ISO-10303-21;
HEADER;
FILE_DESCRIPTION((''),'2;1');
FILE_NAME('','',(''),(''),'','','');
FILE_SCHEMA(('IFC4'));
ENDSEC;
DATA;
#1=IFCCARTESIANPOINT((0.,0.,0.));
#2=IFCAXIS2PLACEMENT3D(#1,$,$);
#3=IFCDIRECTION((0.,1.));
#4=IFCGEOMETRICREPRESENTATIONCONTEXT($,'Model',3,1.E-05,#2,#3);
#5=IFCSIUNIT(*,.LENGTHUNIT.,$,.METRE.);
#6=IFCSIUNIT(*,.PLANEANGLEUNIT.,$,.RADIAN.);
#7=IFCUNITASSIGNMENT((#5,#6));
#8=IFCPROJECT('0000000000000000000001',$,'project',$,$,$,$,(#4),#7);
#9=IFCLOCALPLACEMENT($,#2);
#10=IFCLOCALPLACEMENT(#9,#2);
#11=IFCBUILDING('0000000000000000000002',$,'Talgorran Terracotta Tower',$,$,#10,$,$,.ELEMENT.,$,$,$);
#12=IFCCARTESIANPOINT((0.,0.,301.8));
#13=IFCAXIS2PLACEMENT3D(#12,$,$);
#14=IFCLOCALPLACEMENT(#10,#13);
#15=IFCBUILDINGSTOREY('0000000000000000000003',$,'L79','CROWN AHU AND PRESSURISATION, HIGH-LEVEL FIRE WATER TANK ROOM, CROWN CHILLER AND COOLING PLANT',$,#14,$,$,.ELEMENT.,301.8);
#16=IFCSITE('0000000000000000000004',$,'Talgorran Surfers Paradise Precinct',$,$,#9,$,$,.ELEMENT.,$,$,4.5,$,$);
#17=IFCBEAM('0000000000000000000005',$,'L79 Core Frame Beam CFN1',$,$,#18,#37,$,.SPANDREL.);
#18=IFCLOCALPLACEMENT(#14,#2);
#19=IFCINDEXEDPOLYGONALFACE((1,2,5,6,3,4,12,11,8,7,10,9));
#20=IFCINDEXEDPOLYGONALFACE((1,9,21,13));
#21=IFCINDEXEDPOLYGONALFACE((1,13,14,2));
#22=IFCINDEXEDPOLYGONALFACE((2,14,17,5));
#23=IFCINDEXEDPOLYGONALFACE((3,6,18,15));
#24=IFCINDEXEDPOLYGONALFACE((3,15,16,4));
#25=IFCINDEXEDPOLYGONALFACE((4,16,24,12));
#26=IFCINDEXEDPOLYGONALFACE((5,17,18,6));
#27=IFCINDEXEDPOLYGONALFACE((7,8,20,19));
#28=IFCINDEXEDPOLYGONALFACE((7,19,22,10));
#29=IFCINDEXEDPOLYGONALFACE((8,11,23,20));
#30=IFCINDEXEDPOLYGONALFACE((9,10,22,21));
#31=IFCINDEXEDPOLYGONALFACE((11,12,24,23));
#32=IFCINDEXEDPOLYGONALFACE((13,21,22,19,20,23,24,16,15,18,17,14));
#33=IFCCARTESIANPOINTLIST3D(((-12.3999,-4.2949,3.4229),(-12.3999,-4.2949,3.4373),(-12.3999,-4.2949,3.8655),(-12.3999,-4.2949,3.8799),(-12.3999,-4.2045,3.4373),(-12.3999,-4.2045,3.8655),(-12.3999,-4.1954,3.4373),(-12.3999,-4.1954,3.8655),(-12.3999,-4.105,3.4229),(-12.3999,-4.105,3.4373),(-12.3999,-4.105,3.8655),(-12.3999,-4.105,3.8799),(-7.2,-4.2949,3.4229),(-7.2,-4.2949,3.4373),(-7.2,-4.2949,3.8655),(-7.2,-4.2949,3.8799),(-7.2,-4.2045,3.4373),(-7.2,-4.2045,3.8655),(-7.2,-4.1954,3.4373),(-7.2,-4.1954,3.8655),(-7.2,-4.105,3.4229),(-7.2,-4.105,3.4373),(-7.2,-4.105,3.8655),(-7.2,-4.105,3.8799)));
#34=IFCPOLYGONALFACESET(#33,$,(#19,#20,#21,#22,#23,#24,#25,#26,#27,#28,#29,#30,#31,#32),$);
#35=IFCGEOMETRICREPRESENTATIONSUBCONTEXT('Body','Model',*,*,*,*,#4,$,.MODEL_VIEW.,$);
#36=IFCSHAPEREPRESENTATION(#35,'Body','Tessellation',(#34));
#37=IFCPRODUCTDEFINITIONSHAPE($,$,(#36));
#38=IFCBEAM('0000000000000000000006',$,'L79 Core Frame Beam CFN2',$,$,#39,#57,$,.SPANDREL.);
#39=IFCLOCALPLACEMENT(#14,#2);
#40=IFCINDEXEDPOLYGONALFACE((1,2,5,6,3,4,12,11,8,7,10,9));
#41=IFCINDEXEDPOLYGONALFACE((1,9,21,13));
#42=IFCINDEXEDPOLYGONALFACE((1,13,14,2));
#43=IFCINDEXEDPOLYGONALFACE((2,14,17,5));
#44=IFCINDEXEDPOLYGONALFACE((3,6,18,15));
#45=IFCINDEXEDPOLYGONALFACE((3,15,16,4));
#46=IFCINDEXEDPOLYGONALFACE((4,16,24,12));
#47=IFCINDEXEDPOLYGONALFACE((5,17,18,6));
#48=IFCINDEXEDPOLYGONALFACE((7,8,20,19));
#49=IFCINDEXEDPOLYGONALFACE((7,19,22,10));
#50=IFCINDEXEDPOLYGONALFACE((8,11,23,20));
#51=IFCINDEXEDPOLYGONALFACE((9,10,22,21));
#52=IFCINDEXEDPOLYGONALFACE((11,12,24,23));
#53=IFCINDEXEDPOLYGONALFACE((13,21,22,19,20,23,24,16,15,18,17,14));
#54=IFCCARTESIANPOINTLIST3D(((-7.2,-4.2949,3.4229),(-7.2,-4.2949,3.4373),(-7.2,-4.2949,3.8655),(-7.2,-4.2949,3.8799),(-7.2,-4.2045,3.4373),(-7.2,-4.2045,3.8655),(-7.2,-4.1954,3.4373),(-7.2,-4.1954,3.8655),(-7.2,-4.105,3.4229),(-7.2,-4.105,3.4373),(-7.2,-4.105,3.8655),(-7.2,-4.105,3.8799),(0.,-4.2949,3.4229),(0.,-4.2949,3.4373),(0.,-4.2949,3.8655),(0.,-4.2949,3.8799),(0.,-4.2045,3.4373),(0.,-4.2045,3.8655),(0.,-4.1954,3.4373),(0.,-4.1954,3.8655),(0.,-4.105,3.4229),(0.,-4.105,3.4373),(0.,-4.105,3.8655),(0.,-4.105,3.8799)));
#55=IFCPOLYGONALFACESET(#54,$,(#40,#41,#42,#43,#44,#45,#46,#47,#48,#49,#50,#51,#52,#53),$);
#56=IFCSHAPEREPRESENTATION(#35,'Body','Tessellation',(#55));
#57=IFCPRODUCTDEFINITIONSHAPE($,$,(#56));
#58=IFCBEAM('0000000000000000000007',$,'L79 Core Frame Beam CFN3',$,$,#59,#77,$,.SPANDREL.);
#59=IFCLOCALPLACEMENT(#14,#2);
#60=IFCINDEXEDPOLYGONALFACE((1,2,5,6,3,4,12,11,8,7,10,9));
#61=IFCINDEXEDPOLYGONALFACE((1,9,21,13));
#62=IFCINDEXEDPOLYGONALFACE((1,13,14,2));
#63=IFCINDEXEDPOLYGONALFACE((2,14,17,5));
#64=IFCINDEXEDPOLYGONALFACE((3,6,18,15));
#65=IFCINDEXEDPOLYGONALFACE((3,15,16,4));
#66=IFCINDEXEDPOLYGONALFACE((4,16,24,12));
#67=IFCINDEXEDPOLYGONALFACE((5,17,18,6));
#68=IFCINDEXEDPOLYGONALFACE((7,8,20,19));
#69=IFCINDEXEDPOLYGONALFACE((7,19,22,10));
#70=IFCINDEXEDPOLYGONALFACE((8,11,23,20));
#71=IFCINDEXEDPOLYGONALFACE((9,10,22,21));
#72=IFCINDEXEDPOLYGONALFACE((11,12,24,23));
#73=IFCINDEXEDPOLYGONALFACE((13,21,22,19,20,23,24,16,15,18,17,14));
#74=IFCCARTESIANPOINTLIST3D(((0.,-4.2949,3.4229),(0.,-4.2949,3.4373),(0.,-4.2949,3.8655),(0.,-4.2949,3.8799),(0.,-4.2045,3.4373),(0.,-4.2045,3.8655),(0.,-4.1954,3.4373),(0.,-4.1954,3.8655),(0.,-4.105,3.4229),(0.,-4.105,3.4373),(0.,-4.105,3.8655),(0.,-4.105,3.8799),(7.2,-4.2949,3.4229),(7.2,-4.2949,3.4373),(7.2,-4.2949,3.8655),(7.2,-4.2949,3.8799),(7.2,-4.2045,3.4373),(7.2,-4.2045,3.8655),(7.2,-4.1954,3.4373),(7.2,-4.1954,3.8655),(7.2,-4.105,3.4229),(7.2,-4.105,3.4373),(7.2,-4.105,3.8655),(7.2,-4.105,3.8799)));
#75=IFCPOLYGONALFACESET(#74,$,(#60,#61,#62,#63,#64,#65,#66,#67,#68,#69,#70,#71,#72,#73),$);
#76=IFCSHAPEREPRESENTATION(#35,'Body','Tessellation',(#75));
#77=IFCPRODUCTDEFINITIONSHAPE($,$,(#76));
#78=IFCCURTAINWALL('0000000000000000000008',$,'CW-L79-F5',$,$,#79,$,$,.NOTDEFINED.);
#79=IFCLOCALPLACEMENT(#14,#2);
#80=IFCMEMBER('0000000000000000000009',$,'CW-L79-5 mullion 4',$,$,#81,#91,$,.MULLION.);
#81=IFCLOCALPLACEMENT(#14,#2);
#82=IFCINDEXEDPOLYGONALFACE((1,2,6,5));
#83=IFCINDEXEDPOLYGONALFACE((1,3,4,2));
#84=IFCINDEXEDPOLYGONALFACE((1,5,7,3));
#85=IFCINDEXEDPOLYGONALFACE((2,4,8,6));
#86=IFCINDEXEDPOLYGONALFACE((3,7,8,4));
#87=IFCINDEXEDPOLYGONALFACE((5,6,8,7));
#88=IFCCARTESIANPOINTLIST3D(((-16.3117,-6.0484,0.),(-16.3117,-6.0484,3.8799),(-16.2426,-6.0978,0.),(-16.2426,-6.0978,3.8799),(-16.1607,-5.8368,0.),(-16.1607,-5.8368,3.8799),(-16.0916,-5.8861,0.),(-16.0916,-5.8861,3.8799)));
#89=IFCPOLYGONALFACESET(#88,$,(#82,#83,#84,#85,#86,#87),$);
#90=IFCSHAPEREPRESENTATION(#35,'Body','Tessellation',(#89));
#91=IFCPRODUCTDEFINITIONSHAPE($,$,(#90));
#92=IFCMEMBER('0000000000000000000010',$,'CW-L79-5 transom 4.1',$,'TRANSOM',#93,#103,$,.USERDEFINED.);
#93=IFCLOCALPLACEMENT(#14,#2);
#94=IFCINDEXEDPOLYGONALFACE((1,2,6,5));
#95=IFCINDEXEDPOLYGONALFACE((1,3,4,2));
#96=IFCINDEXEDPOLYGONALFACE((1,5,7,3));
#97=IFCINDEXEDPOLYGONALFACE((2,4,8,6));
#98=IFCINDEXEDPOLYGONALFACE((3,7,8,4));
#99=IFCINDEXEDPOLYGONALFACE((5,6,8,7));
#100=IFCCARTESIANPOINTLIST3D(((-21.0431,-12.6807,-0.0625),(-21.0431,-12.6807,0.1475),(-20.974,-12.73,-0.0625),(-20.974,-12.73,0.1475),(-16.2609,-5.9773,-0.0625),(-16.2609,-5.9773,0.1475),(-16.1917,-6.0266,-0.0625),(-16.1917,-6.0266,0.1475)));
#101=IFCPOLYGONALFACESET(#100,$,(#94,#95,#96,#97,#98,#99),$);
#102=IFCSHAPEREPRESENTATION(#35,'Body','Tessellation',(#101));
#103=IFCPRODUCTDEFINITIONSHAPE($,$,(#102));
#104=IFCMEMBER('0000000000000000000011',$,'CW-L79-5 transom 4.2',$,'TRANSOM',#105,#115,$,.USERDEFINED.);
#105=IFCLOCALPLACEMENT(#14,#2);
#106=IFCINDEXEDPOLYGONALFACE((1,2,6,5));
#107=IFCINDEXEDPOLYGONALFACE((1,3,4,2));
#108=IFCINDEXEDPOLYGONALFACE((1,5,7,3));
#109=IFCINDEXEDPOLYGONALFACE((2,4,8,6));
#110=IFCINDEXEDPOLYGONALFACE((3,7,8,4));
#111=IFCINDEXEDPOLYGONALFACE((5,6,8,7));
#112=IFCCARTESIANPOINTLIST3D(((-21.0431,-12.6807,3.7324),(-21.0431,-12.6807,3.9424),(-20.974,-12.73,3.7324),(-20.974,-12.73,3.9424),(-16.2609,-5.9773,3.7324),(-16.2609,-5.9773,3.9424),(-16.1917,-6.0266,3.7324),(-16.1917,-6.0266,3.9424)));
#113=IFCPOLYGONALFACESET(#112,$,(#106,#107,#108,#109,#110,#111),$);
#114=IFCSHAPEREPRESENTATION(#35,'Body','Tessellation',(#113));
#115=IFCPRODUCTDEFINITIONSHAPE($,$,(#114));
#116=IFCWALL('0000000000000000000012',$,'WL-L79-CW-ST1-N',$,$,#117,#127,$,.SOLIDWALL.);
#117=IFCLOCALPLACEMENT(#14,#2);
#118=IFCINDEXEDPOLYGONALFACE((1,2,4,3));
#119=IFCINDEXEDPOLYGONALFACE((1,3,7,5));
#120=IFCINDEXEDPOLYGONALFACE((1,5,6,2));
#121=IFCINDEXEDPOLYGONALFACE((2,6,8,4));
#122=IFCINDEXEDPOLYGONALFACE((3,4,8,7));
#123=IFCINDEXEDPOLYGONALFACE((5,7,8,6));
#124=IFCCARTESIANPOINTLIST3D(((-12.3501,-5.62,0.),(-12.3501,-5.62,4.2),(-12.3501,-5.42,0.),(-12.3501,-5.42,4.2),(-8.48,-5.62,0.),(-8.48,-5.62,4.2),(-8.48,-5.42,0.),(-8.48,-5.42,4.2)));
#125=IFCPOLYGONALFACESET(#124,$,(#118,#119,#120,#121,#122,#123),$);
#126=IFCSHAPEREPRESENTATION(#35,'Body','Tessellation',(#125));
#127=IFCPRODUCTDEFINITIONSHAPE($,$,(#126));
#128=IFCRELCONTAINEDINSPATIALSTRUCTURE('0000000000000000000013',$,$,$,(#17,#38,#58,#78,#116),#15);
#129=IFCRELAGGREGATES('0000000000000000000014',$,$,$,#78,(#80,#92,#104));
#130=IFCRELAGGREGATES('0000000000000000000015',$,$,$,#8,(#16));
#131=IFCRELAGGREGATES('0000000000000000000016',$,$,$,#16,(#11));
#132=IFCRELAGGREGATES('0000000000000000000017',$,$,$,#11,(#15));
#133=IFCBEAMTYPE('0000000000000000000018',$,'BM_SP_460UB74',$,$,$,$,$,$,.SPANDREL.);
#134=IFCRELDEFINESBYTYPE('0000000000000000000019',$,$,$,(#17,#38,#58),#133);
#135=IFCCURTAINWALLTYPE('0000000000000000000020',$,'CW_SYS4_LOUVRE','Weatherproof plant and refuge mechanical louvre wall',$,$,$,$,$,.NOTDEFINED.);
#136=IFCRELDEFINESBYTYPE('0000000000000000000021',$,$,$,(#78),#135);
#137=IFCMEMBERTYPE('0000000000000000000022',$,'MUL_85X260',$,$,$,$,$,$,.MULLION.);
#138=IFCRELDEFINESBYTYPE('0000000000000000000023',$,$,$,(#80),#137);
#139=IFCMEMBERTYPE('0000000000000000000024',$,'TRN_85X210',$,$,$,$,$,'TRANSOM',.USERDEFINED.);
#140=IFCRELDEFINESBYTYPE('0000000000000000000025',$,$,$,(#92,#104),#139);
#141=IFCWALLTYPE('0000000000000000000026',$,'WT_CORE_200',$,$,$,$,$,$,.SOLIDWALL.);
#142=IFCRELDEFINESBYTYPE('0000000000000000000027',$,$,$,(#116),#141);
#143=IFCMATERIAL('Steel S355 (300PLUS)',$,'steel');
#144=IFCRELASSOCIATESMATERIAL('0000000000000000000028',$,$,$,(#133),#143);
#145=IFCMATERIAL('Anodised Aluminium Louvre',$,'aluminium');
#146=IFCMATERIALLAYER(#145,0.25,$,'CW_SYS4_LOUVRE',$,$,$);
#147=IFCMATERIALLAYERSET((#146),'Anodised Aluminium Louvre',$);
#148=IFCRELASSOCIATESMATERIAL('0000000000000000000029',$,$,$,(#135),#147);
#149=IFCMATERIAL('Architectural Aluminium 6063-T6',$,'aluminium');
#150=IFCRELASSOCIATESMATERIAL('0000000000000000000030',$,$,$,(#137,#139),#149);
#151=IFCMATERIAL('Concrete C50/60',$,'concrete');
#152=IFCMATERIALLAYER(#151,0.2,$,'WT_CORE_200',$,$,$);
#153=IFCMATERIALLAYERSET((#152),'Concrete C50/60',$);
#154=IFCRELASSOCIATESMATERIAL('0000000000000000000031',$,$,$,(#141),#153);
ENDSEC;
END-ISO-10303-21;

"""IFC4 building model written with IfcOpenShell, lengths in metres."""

from ifc_helpers import new_model, si_unit, direction, frame, frame_2d, origin, origin_2d, place, context, subcontext, project, spatial, rectangle, i_section, extrude, material, layer, layer_set, material_profile, profile_set, type_object, element, aggregate, save


model = new_model("IFC4")

# Units and contexts
model_context = context("Model", 3, precision=1e-05, world=origin(), true_north=direction((0.0, 1.0)))
body_context = subcontext(model_context, "Body", "Model", "MODEL_VIEW")
ifc_project = project(units=[si_unit("LENGTHUNIT", "METRE"), si_unit("PLANEANGLEUNIT", "RADIAN")], contexts=[model_context])

# Site, building, storey
site_placement = place(None, origin())
site = spatial("IfcSite", under=ifc_project, at=site_placement, Name="Talgorran Surfers Paradise Precinct", CompositionType="ELEMENT", RefElevation=4.5)
building_placement = place(site_placement, origin())
building = spatial("IfcBuilding", under=site, at=building_placement, Name="Talgorran Terracotta Tower", CompositionType="ELEMENT")
storey_placement = place(building_placement, frame((0.0, 0.0, 301.8)))
storey = spatial("IfcBuildingStorey", under=building, at=storey_placement, Name="L79", Description="CROWN AHU AND PRESSURISATION, HIGH-LEVEL FIRE WATER TANK ROOM, CROWN CHILLER AND COOLING PLANT", CompositionType="ELEMENT", Elevation=301.8)

# Shared definitions
ifc_material_1 = material(Name="Steel S355 (300PLUS)", Category="steel")

# Beams
ifc_material_profile_1 = material_profile(ifc_material_1, i_section(OverallWidth=0.1899, OverallDepth=0.457, WebThickness=0.009, FlangeThickness=0.0144, at=origin_2d()), Name="460UB74.6")
ifc_profile_set_1 = profile_set([ifc_material_profile_1], Name="Steel S355 (300PLUS)")
beam_type_1 = type_object("IfcBeamType", Name="BM_SP_460UB74", PredefinedType="SPANDREL", material=ifc_profile_set_1)
beam_1_placement = place(storey_placement, frame((-12.3999, -4.2, 3.6514), z_axis=(1.0, 0.0, 0.0), x_axis=(0.0, 1.0, 0.0)))
element("IfcBeam", 1, at=beam_1_placement, inside=storey, type_object=beam_type_1, Name="L79 Core Frame Beam CFN1", PredefinedType="SPANDREL", context=body_context, shape_type="SweptSolid", body=[
    extrude(i_section(OverallWidth=0.1899, OverallDepth=0.457, WebThickness=0.009, FlangeThickness=0.0144, at=origin_2d()), origin(), (0.0, 0.0, 1.0), 5.2),
])
for number, where, z_axis, x_axis, name in (
    (2, (-7.2, -4.2, 3.6514), (1.0, 0.0, 0.0), (0.0, 1.0, 0.0), "L79 Core Frame Beam CFN2"),
    (3, (0.0, -4.2, 3.6514), (1.0, 0.0, 0.0), (0.0, 1.0, 0.0), "L79 Core Frame Beam CFN3"),
):
    element("IfcBeam", number, at=place(storey_placement, frame(where, z_axis=z_axis, x_axis=x_axis)), inside=storey, type_object=beam_type_1, Name=name, PredefinedType="SPANDREL", context=body_context, shape_type="SweptSolid", body=[
        extrude(i_section(OverallWidth=0.1899, OverallDepth=0.457, WebThickness=0.009, FlangeThickness=0.0144, at=origin_2d()), origin(), (0.0, 0.0, 1.0), 7.2),
    ])

# Curtain wall, members
ifc_material_2 = material(Name="Anodised Aluminium Louvre", Category="aluminium")
ifc_layer_1 = layer(ifc_material_2, 0.25, Name="CW_SYS4_LOUVRE")
ifc_layer_set_1 = layer_set([ifc_layer_1], Name="Anodised Aluminium Louvre")
curtain_wall_type = type_object("IfcCurtainWallType", Name="CW_SYS4_LOUVRE", Description="Weatherproof plant and refuge mechanical louvre wall", PredefinedType="NOTDEFINED", material=ifc_layer_set_1)
curtain_wall_placement = place(storey_placement, origin())
curtain_wall = element("IfcCurtainWall", 4, at=curtain_wall_placement, inside=storey, type_object=curtain_wall_type, Name="CW-L79-F5", PredefinedType="NOTDEFINED")
ifc_material_3 = material(Name="Architectural Aluminium 6063-T6", Category="aluminium")
ifc_material_profile_2 = material_profile(ifc_material_3, rectangle(XDim=0.085, YDim=0.26, at=origin_2d()), Name="CWM85X260")
ifc_profile_set_2 = profile_set([ifc_material_profile_2], Name="Architectural Aluminium 6063-T6")
member_type_1 = type_object("IfcMemberType", Name="MUL_85X260", PredefinedType="MULLION", material=ifc_profile_set_2)
member_1_placement = place(storey_placement, frame((-16.2017, -5.9673, 0.0), z_axis=(0.0, 0.0, 1.0), x_axis=(0.814076, -0.580758, 0.0)))
member_1 = element("IfcMember", 5, at=member_1_placement, type_object=member_type_1, Name="CW-L79-5 mullion 4", PredefinedType="MULLION", context=body_context, shape_type="SweptSolid", body=[
    extrude(rectangle(XDim=0.085, YDim=0.26, at=origin_2d()), origin(), (0.0, 0.0, 1.0), 3.8799),
])
ifc_material_profile_3 = material_profile(ifc_material_3, rectangle(XDim=0.085, YDim=0.21, at=origin_2d()), Name="CWT85X210")
ifc_profile_set_3 = profile_set([ifc_material_profile_3], Name="Architectural Aluminium 6063-T6")
member_type_2 = type_object("IfcMemberType", Name="TRN_85X210", ElementType="TRANSOM", PredefinedType="USERDEFINED", material=ifc_profile_set_3)
member_2_placement = place(storey_placement, frame((-16.2263, -6.002, 0.0425), z_axis=(-0.580764, -0.814072, 0.0), x_axis=(0.814072, -0.580764, 0.0)))
member_2 = element("IfcMember", 6, at=member_2_placement, type_object=member_type_2, Name="CW-L79-5 transom 4.1", ObjectType="TRANSOM", PredefinedType="USERDEFINED", context=body_context, shape_type="SweptSolid", body=[
    extrude(rectangle(XDim=0.085, YDim=0.21, at=origin_2d()), origin(), (0.0, 0.0, 1.0), 8.2344),
])
member_3_placement = place(storey_placement, frame((-16.2263, -6.002, 3.8374), z_axis=(-0.580764, -0.814072, 0.0), x_axis=(0.814072, -0.580764, 0.0)))
member_3 = element("IfcMember", 7, at=member_3_placement, type_object=member_type_2, Name="CW-L79-5 transom 4.2", ObjectType="TRANSOM", PredefinedType="USERDEFINED", context=body_context, shape_type="SweptSolid", body=[
    extrude(rectangle(XDim=0.085, YDim=0.21, at=origin_2d()), origin(), (0.0, 0.0, 1.0), 8.2344),
])
aggregate(curtain_wall, [member_1, member_2, member_3])

# Wall
ifc_material_4 = material(Name="Concrete C50/60", Category="concrete")
ifc_layer_2 = layer(ifc_material_4, 0.2, Name="WT_CORE_200")
ifc_layer_set_2 = layer_set([ifc_layer_2], Name="Concrete C50/60")
wall_type_1 = type_object("IfcWallType", Name="WT_CORE_200", PredefinedType="SOLIDWALL", material=ifc_layer_set_2)
wall_1_placement = place(storey_placement, frame((-12.3501, -5.52, 0.0), z_axis=(0.0, 0.0, 1.0), x_axis=(1.0, 0.0, 0.0)))
element("IfcWall", 8, at=wall_1_placement, inside=storey, type_object=wall_type_1, Name="WL-L79-CW-ST1-N", PredefinedType="SOLIDWALL", context=body_context, shape_type="SweptSolid", body=[
    extrude(rectangle(XDim=3.8701, YDim=0.2, at=frame_2d((1.9351, 0.0))), origin(), (0.0, 0.0, 1.0), 4.2),
])

save(model, "model.ifc")
